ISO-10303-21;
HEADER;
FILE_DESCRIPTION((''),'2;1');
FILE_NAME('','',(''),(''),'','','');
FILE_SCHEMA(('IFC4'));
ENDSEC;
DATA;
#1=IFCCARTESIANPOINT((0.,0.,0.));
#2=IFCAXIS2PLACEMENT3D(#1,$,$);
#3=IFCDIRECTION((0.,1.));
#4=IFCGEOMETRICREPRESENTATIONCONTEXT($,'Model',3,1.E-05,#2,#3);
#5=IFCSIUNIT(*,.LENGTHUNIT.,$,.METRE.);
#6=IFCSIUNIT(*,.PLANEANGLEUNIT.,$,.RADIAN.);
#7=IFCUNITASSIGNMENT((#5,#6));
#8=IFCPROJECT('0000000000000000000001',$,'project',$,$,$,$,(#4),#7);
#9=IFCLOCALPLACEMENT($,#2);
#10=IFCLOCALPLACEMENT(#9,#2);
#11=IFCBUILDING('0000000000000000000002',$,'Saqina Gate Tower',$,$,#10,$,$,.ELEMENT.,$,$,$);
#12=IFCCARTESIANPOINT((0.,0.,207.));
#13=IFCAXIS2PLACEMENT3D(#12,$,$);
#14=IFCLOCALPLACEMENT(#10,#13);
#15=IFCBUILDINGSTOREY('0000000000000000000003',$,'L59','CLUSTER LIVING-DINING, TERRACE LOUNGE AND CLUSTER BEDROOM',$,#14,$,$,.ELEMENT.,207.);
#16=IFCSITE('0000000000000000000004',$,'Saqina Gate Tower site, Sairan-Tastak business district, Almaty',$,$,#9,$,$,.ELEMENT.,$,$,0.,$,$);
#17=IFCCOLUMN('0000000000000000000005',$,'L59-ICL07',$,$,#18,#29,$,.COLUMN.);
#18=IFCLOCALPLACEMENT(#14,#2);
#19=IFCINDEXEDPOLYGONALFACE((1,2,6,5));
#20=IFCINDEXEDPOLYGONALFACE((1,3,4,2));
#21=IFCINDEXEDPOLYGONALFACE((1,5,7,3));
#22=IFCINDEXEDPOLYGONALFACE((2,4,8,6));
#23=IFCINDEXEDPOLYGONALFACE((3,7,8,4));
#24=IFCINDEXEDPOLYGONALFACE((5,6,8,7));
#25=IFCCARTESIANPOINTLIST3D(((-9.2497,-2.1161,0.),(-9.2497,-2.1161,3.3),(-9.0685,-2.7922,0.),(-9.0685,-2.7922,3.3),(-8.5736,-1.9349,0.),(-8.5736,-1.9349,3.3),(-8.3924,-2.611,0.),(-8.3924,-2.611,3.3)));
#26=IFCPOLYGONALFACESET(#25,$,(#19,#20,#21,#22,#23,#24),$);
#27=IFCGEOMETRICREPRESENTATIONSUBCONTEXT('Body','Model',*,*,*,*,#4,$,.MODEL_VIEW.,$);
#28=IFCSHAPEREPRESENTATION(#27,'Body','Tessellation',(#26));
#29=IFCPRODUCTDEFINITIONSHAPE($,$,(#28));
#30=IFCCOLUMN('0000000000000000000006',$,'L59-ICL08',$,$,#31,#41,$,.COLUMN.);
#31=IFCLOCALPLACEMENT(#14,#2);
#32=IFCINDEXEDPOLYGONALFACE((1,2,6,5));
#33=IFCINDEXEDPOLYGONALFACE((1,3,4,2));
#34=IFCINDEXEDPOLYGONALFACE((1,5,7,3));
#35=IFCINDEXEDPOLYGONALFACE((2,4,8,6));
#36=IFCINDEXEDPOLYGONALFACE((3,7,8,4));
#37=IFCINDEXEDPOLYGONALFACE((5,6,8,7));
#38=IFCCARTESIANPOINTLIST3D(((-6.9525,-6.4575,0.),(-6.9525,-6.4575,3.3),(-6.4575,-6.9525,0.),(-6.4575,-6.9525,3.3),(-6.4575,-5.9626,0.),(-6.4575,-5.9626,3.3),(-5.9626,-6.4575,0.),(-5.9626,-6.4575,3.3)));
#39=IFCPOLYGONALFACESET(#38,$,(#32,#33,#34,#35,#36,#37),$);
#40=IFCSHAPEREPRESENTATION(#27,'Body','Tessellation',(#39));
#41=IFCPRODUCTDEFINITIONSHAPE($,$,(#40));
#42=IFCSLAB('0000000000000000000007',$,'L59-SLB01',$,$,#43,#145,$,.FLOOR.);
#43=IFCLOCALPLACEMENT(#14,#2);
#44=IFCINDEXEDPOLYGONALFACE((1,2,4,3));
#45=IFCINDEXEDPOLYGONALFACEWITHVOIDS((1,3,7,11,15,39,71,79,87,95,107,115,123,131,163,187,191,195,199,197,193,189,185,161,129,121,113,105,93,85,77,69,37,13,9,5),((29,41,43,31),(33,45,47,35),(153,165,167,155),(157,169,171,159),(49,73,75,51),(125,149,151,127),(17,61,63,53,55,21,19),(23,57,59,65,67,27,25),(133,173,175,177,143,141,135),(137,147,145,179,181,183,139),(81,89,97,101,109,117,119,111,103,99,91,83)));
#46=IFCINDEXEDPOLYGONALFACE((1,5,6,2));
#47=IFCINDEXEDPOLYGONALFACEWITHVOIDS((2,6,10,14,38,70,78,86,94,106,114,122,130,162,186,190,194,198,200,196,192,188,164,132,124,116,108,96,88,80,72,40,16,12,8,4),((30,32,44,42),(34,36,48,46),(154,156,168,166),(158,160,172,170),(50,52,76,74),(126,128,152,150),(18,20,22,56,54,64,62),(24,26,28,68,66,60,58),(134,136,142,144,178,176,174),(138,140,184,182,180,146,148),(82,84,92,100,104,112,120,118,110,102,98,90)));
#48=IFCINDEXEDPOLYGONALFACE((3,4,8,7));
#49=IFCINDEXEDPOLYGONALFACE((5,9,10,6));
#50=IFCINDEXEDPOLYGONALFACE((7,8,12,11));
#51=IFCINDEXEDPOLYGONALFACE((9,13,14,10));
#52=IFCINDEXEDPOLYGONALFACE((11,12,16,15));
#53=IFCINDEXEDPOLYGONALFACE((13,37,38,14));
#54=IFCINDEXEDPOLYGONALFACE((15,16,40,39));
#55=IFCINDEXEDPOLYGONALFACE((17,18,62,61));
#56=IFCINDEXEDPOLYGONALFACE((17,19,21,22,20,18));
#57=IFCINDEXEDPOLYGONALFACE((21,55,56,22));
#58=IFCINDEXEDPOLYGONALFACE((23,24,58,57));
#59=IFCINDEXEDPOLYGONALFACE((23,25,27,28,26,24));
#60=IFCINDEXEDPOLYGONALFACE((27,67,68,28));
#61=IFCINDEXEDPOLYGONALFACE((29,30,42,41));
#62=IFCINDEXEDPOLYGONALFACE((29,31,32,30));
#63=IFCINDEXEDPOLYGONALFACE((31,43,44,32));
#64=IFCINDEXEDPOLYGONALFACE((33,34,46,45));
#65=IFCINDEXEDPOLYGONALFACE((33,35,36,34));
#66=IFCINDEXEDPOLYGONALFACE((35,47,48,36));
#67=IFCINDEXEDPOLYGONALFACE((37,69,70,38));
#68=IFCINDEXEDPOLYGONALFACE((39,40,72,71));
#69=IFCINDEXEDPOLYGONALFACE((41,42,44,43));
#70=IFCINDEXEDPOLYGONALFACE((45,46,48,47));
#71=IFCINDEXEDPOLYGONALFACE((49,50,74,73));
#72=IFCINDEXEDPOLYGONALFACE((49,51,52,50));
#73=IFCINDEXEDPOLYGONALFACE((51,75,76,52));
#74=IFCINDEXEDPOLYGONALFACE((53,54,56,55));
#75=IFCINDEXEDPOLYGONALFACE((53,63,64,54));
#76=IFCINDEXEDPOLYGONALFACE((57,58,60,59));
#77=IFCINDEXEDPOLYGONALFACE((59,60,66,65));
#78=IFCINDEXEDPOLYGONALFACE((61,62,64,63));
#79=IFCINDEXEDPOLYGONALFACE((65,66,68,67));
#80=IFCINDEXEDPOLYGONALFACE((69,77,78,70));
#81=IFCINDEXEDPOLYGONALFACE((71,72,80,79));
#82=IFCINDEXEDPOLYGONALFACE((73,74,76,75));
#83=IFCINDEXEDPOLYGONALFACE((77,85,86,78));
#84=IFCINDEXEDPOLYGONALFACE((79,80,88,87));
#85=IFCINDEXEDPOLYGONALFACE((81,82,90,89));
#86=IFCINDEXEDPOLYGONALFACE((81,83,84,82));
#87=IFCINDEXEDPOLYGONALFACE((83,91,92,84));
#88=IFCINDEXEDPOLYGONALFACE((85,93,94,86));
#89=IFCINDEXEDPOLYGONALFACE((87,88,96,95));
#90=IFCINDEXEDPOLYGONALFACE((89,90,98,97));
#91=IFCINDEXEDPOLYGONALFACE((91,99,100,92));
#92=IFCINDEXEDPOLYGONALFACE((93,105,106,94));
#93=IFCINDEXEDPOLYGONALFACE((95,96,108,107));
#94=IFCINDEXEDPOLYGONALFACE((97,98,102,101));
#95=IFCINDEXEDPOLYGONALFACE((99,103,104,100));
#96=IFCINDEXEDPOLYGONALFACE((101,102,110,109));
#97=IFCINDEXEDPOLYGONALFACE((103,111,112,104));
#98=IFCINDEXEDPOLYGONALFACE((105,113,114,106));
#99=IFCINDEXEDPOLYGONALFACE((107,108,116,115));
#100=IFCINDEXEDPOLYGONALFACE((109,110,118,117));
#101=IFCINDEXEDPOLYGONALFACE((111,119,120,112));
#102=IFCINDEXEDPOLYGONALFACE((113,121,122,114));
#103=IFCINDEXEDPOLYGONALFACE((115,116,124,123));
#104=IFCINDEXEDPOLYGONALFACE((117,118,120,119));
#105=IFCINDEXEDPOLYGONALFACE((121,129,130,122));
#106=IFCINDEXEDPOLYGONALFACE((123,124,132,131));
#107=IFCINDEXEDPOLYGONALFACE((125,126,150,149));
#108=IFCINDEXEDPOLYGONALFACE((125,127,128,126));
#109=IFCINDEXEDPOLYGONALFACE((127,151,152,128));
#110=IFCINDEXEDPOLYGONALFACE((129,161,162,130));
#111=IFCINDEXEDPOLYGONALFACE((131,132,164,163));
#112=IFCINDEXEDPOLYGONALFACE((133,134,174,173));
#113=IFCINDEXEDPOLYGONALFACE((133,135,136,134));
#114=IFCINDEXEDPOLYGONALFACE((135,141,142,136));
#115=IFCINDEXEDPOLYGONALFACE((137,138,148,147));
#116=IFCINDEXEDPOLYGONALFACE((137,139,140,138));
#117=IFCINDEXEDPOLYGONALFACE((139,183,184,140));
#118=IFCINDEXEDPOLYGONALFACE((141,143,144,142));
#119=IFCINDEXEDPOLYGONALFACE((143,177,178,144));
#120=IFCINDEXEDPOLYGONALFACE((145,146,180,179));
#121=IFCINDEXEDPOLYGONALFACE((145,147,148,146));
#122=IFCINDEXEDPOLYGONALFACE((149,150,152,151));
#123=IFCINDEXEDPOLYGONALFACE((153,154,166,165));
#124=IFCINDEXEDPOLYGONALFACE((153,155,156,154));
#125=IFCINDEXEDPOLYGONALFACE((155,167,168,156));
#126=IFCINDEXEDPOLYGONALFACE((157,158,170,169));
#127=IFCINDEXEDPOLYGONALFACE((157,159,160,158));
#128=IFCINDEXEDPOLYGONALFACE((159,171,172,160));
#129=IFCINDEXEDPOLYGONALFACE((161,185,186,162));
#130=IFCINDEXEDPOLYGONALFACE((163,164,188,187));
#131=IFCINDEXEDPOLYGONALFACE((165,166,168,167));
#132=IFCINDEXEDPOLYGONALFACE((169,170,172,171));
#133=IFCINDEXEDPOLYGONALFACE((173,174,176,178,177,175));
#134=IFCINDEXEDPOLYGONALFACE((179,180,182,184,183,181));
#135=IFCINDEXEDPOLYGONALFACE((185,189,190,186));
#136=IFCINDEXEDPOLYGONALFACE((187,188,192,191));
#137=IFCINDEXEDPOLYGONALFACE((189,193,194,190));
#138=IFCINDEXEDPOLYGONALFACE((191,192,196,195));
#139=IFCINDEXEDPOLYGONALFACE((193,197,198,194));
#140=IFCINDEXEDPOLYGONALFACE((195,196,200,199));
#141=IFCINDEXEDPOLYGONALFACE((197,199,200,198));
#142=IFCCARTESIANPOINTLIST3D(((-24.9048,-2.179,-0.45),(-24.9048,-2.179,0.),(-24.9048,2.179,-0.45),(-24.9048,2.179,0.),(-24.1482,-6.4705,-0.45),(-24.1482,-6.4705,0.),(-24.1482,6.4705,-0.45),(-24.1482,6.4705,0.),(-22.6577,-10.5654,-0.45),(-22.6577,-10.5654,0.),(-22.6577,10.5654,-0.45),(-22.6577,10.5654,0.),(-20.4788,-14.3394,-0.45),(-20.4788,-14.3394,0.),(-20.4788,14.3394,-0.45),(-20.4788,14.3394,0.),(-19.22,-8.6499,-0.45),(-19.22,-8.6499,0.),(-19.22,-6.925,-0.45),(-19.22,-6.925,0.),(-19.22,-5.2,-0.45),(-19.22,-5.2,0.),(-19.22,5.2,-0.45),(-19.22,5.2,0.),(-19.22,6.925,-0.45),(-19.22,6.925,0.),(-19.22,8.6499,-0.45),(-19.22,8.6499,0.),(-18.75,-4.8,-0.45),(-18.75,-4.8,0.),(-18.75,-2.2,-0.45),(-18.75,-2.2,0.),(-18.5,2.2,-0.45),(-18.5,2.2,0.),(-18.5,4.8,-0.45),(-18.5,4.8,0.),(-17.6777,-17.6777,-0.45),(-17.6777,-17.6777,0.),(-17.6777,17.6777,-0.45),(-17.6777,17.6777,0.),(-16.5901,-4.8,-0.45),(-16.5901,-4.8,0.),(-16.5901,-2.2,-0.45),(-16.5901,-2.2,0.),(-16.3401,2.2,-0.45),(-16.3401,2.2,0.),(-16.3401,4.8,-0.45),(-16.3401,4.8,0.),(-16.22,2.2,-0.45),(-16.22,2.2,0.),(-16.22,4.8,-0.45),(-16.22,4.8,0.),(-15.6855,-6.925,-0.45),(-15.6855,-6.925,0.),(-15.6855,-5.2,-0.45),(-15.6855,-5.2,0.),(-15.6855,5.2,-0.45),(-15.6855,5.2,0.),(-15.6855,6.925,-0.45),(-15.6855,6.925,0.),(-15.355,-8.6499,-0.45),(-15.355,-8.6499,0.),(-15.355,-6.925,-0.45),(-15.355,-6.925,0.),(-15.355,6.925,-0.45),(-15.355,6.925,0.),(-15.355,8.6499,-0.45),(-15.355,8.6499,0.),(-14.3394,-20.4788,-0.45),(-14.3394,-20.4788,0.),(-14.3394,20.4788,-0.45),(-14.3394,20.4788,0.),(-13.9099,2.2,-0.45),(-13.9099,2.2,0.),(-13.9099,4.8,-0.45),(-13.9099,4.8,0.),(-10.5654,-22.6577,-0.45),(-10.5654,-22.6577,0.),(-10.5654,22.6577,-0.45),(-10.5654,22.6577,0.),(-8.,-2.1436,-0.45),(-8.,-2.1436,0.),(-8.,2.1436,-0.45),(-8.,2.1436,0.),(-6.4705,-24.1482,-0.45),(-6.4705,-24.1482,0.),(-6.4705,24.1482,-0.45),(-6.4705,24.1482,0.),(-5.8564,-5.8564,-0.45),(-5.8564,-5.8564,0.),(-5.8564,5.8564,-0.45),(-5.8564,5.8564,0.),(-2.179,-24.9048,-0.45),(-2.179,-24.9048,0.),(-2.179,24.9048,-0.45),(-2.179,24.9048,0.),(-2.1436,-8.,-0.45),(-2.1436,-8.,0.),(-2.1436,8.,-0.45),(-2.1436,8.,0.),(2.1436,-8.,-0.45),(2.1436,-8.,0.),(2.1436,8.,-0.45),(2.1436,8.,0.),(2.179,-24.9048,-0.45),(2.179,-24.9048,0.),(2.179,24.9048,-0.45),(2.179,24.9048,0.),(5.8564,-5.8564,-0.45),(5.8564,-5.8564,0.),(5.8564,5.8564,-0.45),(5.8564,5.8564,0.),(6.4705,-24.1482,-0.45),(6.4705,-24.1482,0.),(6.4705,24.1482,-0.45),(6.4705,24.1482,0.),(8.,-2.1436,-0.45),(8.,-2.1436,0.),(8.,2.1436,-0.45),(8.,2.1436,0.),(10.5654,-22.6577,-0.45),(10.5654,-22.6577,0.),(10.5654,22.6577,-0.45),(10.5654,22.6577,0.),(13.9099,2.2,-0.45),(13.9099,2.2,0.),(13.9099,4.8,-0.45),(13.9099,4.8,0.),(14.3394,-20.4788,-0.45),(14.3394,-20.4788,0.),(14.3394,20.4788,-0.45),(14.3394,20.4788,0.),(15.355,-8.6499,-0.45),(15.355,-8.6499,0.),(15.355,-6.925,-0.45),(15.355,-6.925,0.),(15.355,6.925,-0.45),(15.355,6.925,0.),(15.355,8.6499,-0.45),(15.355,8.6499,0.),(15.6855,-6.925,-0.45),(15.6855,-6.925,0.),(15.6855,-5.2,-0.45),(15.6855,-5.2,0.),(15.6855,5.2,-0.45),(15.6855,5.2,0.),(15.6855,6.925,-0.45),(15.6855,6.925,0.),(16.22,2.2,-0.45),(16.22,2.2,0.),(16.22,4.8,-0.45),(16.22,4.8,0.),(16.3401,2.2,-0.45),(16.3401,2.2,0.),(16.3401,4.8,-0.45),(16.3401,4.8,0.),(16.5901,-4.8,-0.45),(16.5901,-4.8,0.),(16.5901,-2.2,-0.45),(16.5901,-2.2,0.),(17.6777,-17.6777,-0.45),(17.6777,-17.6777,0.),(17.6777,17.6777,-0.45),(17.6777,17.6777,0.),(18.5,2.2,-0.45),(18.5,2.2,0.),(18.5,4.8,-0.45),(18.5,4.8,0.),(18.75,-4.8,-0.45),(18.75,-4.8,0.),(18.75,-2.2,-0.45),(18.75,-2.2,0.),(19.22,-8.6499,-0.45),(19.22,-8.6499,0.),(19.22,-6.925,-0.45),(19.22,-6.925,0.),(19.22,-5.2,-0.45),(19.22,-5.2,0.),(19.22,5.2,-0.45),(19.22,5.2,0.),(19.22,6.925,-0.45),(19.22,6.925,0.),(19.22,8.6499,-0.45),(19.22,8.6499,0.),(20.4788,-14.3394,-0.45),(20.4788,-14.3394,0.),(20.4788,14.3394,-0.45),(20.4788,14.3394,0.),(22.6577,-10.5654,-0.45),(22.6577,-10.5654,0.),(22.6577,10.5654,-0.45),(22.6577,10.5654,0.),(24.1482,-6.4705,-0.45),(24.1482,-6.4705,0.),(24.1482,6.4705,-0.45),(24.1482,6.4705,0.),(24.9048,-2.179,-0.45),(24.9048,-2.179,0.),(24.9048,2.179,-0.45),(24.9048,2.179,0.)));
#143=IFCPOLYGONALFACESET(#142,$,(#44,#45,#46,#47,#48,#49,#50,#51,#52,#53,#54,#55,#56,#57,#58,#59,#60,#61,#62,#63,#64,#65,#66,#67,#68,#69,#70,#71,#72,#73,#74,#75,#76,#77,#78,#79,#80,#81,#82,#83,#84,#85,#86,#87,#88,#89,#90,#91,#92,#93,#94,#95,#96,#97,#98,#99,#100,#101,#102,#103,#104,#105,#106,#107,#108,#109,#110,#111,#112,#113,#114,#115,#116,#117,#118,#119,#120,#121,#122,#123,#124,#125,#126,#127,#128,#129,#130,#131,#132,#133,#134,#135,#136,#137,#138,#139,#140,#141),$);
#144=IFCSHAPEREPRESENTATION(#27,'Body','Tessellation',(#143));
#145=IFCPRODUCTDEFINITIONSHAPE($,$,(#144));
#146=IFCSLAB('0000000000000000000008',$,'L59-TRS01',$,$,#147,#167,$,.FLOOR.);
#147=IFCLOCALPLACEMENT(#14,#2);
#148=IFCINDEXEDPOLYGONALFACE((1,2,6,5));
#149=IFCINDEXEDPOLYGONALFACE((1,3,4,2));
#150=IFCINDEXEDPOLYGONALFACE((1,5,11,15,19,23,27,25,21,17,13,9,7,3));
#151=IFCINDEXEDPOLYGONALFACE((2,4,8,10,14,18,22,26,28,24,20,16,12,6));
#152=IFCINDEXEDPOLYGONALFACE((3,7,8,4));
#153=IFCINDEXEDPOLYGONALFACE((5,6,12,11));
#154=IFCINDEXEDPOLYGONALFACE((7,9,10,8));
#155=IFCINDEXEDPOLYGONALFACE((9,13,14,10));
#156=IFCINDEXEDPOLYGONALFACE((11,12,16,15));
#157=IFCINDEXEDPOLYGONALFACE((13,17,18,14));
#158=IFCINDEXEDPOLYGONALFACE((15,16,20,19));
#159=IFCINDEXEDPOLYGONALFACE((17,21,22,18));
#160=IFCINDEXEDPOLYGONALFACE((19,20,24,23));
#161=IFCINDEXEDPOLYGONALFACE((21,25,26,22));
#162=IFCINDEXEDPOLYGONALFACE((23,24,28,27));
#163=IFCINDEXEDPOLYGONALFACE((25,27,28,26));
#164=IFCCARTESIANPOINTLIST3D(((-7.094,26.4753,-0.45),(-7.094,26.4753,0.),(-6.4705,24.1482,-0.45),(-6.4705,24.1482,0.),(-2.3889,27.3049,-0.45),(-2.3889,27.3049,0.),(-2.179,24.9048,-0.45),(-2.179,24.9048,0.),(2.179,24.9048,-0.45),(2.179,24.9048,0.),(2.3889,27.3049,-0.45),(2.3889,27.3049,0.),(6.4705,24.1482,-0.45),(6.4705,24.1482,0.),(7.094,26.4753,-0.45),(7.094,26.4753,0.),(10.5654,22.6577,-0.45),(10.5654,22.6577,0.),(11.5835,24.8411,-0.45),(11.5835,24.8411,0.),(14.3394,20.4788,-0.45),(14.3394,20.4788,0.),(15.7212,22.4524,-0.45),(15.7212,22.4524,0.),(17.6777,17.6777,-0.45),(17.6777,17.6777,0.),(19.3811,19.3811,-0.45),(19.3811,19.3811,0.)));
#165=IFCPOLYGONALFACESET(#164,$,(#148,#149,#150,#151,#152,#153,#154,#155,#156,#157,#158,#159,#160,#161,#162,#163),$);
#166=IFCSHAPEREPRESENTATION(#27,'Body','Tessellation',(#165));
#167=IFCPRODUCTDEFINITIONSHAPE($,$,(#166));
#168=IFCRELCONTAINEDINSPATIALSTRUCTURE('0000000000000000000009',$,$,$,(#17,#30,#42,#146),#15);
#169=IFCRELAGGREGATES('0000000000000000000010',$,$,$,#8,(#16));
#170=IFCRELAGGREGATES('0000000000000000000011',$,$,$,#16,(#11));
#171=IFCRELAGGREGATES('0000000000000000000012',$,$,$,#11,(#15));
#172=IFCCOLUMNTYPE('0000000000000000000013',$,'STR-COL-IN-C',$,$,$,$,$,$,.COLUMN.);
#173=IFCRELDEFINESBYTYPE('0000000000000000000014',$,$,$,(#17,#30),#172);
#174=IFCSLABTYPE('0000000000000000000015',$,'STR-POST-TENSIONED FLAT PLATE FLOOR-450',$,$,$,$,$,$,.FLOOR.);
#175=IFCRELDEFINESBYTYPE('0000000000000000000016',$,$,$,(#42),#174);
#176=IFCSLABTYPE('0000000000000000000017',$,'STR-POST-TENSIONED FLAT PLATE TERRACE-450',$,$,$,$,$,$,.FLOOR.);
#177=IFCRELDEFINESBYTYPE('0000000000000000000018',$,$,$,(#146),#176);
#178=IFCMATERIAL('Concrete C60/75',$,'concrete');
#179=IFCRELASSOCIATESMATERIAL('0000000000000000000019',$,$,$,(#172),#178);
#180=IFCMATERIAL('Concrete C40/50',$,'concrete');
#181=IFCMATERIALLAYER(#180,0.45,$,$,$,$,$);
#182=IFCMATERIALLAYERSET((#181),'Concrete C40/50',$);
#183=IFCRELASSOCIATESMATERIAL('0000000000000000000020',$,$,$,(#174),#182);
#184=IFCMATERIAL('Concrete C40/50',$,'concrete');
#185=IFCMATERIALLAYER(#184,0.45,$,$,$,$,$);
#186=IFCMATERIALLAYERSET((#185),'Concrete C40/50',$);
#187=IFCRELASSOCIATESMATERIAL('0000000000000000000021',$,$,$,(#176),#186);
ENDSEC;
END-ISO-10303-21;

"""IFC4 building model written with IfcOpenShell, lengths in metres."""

from ifc_helpers import new_model, si_unit, direction, frame, origin, origin_2d, place, context, subcontext, project, spatial, polyline, rectangle, outline, extrude, material, layer, layer_set, material_profile, profile_set, type_object, element, save


model = new_model("IFC4")

# Units and contexts
model_context = context("Model", 3, precision=1e-05, world=origin(), true_north=direction((0.0, 1.0)))
body_context = subcontext(model_context, "Body", "Model", "MODEL_VIEW")
ifc_project = project(units=[si_unit("LENGTHUNIT", "METRE"), si_unit("PLANEANGLEUNIT", "RADIAN")], contexts=[model_context])

# Site, building, storey
site_placement = place(None, origin())
site = spatial("IfcSite", under=ifc_project, at=site_placement, Name="Saqina Gate Tower site, Sairan-Tastak business district, Almaty", CompositionType="ELEMENT", RefElevation=0.0)
building_placement = place(site_placement, origin())
building = spatial("IfcBuilding", under=site, at=building_placement, Name="Saqina Gate Tower", CompositionType="ELEMENT")
storey_placement = place(building_placement, frame((0.0, 0.0, 207.0)))
storey = spatial("IfcBuildingStorey", under=building, at=storey_placement, Name="L59", Description="CLUSTER LIVING-DINING, TERRACE LOUNGE AND CLUSTER BEDROOM", CompositionType="ELEMENT", Elevation=207.0)

# Columns
ifc_material_1 = material(Name="Concrete C60/75", Category="concrete")
ifc_material_profile = material_profile(ifc_material_1, rectangle(XDim=0.7, YDim=0.7, at=origin_2d()), Name="RC 700x700")
ifc_profile_set = profile_set([ifc_material_profile], Name="Concrete C60/75")
column_type = type_object("IfcColumnType", Name="STR-COL-IN-C", PredefinedType="COLUMN", material=ifc_profile_set)
for number, where, z_axis, x_axis, name in (
    (1, (-8.821, -2.3635, 0.0), (0.0, 0.0, 1.0), (-0.965926, -0.258819, 0.0), "L59-ICL07"),
    (2, (-6.4575, -6.4575, 0.0), (0.0, 0.0, 1.0), (-0.707107, -0.707107, 0.0), "L59-ICL08"),
):
    element("IfcColumn", number, at=place(storey_placement, frame(where, z_axis=z_axis, x_axis=x_axis)), inside=storey, type_object=column_type, Name=name, PredefinedType="COLUMN", context=body_context, shape_type="SweptSolid", body=[
        extrude(rectangle(XDim=0.7, YDim=0.7, at=origin_2d()), origin(), (0.0, 0.0, 1.0), 3.3),
    ])

# Slabs
ifc_material_2 = material(Name="Concrete C40/50", Category="concrete")
ifc_layer_1 = layer(ifc_material_2, 0.45)
ifc_layer_set_1 = layer_set([ifc_layer_1], Name="Concrete C40/50")
slab_type_1 = type_object("IfcSlabType", Name="STR-POST-TENSIONED FLAT PLATE FLOOR-450", PredefinedType="FLOOR", material=ifc_layer_set_1)
slab_1_placement = place(storey_placement, frame((0.0, 0.0, -0.45)))
element("IfcSlab", 3, at=slab_1_placement, inside=storey, type_object=slab_type_1, Name="L59-SLB01", PredefinedType="FLOOR", context=body_context, shape_type="SweptSolid", body=[
    extrude(outline(polyline([(24.1482, -6.4705), (24.9048, -2.179), (24.9048, 2.179), (24.1482, 6.4705), (22.6577, 10.5654), (20.4788, 14.3394), (17.6777, 17.6777), (14.3394, 20.4788), (10.5654, 22.6577), (6.4705, 24.1482), (2.179, 24.9048), (-2.179, 24.9048), (-6.4705, 24.1482), (-10.5654, 22.6577), (-14.3394, 20.4788), (-17.6777, 17.6777), (-20.4788, 14.3394), (-22.6577, 10.5654), (-24.1482, 6.4705), (-24.9048, 2.179), (-24.9048, -2.179), (-24.1482, -6.4705), (-22.6577, -10.5654), (-20.4788, -14.3394), (-17.6777, -17.6777), (-14.3394, -20.4788), (-10.5654, -22.6577), (-6.4705, -24.1482), (-2.179, -24.9048), (2.179, -24.9048), (6.4705, -24.1482), (10.5654, -22.6577), (14.3394, -20.4788), (17.6777, -17.6777), (20.4788, -14.3394), (22.6577, -10.5654), (24.1482, -6.4705)]), holes=[polyline([(2.1436, 8.0), (5.8564, 5.8564), (8.0, 2.1436), (8.0, -2.1436), (5.8564, -5.8564), (2.1436, -8.0), (-2.1436, -8.0), (-5.8564, -5.8564), (-8.0, -2.1436), (-8.0, 2.1436), (-5.8564, 5.8564), (-2.1436, 8.0), (2.1436, 8.0)]), polyline([(-15.355, -8.6499), (-19.22, -8.6499), (-19.22, -6.925), (-19.22, -5.2), (-15.6855, -5.2), (-15.6855, -6.925), (-15.355, -6.925), (-15.355, -8.6499)]), polyline([(-16.5901, -2.2), (-16.5901, -4.8), (-18.75, -4.8), (-18.75, -2.2), (-16.5901, -2.2)]), polyline([(-16.3401, 4.8), (-16.3401, 2.2), (-18.5, 2.2), (-18.5, 4.8), (-16.3401, 4.8)]), polyline([(-13.9099, 4.8), (-13.9099, 2.2), (-16.22, 2.2), (-16.22, 4.8), (-13.9099, 4.8)]), polyline([(-19.22, 6.925), (-19.22, 8.6499), (-15.355, 8.6499), (-15.355, 6.925), (-15.6855, 6.925), (-15.6855, 5.2), (-19.22, 5.2), (-19.22, 6.925)]), polyline([(15.355, -8.6499), (15.355, -6.925), (15.6855, -6.925), (15.6855, -5.2), (19.22, -5.2), (19.22, -6.925), (19.22, -8.6499), (15.355, -8.6499)]), polyline([(18.75, -2.2), (18.75, -4.8), (16.5901, -4.8), (16.5901, -2.2), (18.75, -2.2)]), polyline([(16.22, 4.8), (16.22, 2.2), (13.9099, 2.2), (13.9099, 4.8), (16.22, 4.8)]), polyline([(18.5, 4.8), (18.5, 2.2), (16.3401, 2.2), (16.3401, 4.8), (18.5, 4.8)]), polyline([(15.6855, 6.925), (15.355, 6.925), (15.355, 8.6499), (19.22, 8.6499), (19.22, 6.925), (19.22, 5.2), (15.6855, 5.2), (15.6855, 6.925)])]), origin(), (0.0, 0.0, 1.0), 0.45),
])
ifc_material_3 = material(Name="Concrete C40/50", Category="concrete")
ifc_layer_2 = layer(ifc_material_3, 0.45)
ifc_layer_set_2 = layer_set([ifc_layer_2], Name="Concrete C40/50")
slab_type_2 = type_object("IfcSlabType", Name="STR-POST-TENSIONED FLAT PLATE TERRACE-450", PredefinedType="FLOOR", material=ifc_layer_set_2)
slab_2_placement = place(storey_placement, frame((0.0, 0.0, -0.45)))
element("IfcSlab", 4, at=slab_2_placement, inside=storey, type_object=slab_type_2, Name="L59-TRS01", PredefinedType="FLOOR", context=body_context, shape_type="SweptSolid", body=[
    extrude(outline(polyline([(17.6777, 17.6777), (14.3394, 20.4788), (10.5654, 22.6577), (6.4705, 24.1482), (2.179, 24.9048), (-2.179, 24.9048), (-6.4705, 24.1482), (-7.094, 26.4753), (-2.3889, 27.3049), (2.3889, 27.3049), (7.094, 26.4753), (11.5835, 24.8411), (15.7212, 22.4524), (19.3811, 19.3811), (17.6777, 17.6777)])), origin(), (0.0, 0.0, 1.0), 0.45),
])

save(model, "model.ifc")
